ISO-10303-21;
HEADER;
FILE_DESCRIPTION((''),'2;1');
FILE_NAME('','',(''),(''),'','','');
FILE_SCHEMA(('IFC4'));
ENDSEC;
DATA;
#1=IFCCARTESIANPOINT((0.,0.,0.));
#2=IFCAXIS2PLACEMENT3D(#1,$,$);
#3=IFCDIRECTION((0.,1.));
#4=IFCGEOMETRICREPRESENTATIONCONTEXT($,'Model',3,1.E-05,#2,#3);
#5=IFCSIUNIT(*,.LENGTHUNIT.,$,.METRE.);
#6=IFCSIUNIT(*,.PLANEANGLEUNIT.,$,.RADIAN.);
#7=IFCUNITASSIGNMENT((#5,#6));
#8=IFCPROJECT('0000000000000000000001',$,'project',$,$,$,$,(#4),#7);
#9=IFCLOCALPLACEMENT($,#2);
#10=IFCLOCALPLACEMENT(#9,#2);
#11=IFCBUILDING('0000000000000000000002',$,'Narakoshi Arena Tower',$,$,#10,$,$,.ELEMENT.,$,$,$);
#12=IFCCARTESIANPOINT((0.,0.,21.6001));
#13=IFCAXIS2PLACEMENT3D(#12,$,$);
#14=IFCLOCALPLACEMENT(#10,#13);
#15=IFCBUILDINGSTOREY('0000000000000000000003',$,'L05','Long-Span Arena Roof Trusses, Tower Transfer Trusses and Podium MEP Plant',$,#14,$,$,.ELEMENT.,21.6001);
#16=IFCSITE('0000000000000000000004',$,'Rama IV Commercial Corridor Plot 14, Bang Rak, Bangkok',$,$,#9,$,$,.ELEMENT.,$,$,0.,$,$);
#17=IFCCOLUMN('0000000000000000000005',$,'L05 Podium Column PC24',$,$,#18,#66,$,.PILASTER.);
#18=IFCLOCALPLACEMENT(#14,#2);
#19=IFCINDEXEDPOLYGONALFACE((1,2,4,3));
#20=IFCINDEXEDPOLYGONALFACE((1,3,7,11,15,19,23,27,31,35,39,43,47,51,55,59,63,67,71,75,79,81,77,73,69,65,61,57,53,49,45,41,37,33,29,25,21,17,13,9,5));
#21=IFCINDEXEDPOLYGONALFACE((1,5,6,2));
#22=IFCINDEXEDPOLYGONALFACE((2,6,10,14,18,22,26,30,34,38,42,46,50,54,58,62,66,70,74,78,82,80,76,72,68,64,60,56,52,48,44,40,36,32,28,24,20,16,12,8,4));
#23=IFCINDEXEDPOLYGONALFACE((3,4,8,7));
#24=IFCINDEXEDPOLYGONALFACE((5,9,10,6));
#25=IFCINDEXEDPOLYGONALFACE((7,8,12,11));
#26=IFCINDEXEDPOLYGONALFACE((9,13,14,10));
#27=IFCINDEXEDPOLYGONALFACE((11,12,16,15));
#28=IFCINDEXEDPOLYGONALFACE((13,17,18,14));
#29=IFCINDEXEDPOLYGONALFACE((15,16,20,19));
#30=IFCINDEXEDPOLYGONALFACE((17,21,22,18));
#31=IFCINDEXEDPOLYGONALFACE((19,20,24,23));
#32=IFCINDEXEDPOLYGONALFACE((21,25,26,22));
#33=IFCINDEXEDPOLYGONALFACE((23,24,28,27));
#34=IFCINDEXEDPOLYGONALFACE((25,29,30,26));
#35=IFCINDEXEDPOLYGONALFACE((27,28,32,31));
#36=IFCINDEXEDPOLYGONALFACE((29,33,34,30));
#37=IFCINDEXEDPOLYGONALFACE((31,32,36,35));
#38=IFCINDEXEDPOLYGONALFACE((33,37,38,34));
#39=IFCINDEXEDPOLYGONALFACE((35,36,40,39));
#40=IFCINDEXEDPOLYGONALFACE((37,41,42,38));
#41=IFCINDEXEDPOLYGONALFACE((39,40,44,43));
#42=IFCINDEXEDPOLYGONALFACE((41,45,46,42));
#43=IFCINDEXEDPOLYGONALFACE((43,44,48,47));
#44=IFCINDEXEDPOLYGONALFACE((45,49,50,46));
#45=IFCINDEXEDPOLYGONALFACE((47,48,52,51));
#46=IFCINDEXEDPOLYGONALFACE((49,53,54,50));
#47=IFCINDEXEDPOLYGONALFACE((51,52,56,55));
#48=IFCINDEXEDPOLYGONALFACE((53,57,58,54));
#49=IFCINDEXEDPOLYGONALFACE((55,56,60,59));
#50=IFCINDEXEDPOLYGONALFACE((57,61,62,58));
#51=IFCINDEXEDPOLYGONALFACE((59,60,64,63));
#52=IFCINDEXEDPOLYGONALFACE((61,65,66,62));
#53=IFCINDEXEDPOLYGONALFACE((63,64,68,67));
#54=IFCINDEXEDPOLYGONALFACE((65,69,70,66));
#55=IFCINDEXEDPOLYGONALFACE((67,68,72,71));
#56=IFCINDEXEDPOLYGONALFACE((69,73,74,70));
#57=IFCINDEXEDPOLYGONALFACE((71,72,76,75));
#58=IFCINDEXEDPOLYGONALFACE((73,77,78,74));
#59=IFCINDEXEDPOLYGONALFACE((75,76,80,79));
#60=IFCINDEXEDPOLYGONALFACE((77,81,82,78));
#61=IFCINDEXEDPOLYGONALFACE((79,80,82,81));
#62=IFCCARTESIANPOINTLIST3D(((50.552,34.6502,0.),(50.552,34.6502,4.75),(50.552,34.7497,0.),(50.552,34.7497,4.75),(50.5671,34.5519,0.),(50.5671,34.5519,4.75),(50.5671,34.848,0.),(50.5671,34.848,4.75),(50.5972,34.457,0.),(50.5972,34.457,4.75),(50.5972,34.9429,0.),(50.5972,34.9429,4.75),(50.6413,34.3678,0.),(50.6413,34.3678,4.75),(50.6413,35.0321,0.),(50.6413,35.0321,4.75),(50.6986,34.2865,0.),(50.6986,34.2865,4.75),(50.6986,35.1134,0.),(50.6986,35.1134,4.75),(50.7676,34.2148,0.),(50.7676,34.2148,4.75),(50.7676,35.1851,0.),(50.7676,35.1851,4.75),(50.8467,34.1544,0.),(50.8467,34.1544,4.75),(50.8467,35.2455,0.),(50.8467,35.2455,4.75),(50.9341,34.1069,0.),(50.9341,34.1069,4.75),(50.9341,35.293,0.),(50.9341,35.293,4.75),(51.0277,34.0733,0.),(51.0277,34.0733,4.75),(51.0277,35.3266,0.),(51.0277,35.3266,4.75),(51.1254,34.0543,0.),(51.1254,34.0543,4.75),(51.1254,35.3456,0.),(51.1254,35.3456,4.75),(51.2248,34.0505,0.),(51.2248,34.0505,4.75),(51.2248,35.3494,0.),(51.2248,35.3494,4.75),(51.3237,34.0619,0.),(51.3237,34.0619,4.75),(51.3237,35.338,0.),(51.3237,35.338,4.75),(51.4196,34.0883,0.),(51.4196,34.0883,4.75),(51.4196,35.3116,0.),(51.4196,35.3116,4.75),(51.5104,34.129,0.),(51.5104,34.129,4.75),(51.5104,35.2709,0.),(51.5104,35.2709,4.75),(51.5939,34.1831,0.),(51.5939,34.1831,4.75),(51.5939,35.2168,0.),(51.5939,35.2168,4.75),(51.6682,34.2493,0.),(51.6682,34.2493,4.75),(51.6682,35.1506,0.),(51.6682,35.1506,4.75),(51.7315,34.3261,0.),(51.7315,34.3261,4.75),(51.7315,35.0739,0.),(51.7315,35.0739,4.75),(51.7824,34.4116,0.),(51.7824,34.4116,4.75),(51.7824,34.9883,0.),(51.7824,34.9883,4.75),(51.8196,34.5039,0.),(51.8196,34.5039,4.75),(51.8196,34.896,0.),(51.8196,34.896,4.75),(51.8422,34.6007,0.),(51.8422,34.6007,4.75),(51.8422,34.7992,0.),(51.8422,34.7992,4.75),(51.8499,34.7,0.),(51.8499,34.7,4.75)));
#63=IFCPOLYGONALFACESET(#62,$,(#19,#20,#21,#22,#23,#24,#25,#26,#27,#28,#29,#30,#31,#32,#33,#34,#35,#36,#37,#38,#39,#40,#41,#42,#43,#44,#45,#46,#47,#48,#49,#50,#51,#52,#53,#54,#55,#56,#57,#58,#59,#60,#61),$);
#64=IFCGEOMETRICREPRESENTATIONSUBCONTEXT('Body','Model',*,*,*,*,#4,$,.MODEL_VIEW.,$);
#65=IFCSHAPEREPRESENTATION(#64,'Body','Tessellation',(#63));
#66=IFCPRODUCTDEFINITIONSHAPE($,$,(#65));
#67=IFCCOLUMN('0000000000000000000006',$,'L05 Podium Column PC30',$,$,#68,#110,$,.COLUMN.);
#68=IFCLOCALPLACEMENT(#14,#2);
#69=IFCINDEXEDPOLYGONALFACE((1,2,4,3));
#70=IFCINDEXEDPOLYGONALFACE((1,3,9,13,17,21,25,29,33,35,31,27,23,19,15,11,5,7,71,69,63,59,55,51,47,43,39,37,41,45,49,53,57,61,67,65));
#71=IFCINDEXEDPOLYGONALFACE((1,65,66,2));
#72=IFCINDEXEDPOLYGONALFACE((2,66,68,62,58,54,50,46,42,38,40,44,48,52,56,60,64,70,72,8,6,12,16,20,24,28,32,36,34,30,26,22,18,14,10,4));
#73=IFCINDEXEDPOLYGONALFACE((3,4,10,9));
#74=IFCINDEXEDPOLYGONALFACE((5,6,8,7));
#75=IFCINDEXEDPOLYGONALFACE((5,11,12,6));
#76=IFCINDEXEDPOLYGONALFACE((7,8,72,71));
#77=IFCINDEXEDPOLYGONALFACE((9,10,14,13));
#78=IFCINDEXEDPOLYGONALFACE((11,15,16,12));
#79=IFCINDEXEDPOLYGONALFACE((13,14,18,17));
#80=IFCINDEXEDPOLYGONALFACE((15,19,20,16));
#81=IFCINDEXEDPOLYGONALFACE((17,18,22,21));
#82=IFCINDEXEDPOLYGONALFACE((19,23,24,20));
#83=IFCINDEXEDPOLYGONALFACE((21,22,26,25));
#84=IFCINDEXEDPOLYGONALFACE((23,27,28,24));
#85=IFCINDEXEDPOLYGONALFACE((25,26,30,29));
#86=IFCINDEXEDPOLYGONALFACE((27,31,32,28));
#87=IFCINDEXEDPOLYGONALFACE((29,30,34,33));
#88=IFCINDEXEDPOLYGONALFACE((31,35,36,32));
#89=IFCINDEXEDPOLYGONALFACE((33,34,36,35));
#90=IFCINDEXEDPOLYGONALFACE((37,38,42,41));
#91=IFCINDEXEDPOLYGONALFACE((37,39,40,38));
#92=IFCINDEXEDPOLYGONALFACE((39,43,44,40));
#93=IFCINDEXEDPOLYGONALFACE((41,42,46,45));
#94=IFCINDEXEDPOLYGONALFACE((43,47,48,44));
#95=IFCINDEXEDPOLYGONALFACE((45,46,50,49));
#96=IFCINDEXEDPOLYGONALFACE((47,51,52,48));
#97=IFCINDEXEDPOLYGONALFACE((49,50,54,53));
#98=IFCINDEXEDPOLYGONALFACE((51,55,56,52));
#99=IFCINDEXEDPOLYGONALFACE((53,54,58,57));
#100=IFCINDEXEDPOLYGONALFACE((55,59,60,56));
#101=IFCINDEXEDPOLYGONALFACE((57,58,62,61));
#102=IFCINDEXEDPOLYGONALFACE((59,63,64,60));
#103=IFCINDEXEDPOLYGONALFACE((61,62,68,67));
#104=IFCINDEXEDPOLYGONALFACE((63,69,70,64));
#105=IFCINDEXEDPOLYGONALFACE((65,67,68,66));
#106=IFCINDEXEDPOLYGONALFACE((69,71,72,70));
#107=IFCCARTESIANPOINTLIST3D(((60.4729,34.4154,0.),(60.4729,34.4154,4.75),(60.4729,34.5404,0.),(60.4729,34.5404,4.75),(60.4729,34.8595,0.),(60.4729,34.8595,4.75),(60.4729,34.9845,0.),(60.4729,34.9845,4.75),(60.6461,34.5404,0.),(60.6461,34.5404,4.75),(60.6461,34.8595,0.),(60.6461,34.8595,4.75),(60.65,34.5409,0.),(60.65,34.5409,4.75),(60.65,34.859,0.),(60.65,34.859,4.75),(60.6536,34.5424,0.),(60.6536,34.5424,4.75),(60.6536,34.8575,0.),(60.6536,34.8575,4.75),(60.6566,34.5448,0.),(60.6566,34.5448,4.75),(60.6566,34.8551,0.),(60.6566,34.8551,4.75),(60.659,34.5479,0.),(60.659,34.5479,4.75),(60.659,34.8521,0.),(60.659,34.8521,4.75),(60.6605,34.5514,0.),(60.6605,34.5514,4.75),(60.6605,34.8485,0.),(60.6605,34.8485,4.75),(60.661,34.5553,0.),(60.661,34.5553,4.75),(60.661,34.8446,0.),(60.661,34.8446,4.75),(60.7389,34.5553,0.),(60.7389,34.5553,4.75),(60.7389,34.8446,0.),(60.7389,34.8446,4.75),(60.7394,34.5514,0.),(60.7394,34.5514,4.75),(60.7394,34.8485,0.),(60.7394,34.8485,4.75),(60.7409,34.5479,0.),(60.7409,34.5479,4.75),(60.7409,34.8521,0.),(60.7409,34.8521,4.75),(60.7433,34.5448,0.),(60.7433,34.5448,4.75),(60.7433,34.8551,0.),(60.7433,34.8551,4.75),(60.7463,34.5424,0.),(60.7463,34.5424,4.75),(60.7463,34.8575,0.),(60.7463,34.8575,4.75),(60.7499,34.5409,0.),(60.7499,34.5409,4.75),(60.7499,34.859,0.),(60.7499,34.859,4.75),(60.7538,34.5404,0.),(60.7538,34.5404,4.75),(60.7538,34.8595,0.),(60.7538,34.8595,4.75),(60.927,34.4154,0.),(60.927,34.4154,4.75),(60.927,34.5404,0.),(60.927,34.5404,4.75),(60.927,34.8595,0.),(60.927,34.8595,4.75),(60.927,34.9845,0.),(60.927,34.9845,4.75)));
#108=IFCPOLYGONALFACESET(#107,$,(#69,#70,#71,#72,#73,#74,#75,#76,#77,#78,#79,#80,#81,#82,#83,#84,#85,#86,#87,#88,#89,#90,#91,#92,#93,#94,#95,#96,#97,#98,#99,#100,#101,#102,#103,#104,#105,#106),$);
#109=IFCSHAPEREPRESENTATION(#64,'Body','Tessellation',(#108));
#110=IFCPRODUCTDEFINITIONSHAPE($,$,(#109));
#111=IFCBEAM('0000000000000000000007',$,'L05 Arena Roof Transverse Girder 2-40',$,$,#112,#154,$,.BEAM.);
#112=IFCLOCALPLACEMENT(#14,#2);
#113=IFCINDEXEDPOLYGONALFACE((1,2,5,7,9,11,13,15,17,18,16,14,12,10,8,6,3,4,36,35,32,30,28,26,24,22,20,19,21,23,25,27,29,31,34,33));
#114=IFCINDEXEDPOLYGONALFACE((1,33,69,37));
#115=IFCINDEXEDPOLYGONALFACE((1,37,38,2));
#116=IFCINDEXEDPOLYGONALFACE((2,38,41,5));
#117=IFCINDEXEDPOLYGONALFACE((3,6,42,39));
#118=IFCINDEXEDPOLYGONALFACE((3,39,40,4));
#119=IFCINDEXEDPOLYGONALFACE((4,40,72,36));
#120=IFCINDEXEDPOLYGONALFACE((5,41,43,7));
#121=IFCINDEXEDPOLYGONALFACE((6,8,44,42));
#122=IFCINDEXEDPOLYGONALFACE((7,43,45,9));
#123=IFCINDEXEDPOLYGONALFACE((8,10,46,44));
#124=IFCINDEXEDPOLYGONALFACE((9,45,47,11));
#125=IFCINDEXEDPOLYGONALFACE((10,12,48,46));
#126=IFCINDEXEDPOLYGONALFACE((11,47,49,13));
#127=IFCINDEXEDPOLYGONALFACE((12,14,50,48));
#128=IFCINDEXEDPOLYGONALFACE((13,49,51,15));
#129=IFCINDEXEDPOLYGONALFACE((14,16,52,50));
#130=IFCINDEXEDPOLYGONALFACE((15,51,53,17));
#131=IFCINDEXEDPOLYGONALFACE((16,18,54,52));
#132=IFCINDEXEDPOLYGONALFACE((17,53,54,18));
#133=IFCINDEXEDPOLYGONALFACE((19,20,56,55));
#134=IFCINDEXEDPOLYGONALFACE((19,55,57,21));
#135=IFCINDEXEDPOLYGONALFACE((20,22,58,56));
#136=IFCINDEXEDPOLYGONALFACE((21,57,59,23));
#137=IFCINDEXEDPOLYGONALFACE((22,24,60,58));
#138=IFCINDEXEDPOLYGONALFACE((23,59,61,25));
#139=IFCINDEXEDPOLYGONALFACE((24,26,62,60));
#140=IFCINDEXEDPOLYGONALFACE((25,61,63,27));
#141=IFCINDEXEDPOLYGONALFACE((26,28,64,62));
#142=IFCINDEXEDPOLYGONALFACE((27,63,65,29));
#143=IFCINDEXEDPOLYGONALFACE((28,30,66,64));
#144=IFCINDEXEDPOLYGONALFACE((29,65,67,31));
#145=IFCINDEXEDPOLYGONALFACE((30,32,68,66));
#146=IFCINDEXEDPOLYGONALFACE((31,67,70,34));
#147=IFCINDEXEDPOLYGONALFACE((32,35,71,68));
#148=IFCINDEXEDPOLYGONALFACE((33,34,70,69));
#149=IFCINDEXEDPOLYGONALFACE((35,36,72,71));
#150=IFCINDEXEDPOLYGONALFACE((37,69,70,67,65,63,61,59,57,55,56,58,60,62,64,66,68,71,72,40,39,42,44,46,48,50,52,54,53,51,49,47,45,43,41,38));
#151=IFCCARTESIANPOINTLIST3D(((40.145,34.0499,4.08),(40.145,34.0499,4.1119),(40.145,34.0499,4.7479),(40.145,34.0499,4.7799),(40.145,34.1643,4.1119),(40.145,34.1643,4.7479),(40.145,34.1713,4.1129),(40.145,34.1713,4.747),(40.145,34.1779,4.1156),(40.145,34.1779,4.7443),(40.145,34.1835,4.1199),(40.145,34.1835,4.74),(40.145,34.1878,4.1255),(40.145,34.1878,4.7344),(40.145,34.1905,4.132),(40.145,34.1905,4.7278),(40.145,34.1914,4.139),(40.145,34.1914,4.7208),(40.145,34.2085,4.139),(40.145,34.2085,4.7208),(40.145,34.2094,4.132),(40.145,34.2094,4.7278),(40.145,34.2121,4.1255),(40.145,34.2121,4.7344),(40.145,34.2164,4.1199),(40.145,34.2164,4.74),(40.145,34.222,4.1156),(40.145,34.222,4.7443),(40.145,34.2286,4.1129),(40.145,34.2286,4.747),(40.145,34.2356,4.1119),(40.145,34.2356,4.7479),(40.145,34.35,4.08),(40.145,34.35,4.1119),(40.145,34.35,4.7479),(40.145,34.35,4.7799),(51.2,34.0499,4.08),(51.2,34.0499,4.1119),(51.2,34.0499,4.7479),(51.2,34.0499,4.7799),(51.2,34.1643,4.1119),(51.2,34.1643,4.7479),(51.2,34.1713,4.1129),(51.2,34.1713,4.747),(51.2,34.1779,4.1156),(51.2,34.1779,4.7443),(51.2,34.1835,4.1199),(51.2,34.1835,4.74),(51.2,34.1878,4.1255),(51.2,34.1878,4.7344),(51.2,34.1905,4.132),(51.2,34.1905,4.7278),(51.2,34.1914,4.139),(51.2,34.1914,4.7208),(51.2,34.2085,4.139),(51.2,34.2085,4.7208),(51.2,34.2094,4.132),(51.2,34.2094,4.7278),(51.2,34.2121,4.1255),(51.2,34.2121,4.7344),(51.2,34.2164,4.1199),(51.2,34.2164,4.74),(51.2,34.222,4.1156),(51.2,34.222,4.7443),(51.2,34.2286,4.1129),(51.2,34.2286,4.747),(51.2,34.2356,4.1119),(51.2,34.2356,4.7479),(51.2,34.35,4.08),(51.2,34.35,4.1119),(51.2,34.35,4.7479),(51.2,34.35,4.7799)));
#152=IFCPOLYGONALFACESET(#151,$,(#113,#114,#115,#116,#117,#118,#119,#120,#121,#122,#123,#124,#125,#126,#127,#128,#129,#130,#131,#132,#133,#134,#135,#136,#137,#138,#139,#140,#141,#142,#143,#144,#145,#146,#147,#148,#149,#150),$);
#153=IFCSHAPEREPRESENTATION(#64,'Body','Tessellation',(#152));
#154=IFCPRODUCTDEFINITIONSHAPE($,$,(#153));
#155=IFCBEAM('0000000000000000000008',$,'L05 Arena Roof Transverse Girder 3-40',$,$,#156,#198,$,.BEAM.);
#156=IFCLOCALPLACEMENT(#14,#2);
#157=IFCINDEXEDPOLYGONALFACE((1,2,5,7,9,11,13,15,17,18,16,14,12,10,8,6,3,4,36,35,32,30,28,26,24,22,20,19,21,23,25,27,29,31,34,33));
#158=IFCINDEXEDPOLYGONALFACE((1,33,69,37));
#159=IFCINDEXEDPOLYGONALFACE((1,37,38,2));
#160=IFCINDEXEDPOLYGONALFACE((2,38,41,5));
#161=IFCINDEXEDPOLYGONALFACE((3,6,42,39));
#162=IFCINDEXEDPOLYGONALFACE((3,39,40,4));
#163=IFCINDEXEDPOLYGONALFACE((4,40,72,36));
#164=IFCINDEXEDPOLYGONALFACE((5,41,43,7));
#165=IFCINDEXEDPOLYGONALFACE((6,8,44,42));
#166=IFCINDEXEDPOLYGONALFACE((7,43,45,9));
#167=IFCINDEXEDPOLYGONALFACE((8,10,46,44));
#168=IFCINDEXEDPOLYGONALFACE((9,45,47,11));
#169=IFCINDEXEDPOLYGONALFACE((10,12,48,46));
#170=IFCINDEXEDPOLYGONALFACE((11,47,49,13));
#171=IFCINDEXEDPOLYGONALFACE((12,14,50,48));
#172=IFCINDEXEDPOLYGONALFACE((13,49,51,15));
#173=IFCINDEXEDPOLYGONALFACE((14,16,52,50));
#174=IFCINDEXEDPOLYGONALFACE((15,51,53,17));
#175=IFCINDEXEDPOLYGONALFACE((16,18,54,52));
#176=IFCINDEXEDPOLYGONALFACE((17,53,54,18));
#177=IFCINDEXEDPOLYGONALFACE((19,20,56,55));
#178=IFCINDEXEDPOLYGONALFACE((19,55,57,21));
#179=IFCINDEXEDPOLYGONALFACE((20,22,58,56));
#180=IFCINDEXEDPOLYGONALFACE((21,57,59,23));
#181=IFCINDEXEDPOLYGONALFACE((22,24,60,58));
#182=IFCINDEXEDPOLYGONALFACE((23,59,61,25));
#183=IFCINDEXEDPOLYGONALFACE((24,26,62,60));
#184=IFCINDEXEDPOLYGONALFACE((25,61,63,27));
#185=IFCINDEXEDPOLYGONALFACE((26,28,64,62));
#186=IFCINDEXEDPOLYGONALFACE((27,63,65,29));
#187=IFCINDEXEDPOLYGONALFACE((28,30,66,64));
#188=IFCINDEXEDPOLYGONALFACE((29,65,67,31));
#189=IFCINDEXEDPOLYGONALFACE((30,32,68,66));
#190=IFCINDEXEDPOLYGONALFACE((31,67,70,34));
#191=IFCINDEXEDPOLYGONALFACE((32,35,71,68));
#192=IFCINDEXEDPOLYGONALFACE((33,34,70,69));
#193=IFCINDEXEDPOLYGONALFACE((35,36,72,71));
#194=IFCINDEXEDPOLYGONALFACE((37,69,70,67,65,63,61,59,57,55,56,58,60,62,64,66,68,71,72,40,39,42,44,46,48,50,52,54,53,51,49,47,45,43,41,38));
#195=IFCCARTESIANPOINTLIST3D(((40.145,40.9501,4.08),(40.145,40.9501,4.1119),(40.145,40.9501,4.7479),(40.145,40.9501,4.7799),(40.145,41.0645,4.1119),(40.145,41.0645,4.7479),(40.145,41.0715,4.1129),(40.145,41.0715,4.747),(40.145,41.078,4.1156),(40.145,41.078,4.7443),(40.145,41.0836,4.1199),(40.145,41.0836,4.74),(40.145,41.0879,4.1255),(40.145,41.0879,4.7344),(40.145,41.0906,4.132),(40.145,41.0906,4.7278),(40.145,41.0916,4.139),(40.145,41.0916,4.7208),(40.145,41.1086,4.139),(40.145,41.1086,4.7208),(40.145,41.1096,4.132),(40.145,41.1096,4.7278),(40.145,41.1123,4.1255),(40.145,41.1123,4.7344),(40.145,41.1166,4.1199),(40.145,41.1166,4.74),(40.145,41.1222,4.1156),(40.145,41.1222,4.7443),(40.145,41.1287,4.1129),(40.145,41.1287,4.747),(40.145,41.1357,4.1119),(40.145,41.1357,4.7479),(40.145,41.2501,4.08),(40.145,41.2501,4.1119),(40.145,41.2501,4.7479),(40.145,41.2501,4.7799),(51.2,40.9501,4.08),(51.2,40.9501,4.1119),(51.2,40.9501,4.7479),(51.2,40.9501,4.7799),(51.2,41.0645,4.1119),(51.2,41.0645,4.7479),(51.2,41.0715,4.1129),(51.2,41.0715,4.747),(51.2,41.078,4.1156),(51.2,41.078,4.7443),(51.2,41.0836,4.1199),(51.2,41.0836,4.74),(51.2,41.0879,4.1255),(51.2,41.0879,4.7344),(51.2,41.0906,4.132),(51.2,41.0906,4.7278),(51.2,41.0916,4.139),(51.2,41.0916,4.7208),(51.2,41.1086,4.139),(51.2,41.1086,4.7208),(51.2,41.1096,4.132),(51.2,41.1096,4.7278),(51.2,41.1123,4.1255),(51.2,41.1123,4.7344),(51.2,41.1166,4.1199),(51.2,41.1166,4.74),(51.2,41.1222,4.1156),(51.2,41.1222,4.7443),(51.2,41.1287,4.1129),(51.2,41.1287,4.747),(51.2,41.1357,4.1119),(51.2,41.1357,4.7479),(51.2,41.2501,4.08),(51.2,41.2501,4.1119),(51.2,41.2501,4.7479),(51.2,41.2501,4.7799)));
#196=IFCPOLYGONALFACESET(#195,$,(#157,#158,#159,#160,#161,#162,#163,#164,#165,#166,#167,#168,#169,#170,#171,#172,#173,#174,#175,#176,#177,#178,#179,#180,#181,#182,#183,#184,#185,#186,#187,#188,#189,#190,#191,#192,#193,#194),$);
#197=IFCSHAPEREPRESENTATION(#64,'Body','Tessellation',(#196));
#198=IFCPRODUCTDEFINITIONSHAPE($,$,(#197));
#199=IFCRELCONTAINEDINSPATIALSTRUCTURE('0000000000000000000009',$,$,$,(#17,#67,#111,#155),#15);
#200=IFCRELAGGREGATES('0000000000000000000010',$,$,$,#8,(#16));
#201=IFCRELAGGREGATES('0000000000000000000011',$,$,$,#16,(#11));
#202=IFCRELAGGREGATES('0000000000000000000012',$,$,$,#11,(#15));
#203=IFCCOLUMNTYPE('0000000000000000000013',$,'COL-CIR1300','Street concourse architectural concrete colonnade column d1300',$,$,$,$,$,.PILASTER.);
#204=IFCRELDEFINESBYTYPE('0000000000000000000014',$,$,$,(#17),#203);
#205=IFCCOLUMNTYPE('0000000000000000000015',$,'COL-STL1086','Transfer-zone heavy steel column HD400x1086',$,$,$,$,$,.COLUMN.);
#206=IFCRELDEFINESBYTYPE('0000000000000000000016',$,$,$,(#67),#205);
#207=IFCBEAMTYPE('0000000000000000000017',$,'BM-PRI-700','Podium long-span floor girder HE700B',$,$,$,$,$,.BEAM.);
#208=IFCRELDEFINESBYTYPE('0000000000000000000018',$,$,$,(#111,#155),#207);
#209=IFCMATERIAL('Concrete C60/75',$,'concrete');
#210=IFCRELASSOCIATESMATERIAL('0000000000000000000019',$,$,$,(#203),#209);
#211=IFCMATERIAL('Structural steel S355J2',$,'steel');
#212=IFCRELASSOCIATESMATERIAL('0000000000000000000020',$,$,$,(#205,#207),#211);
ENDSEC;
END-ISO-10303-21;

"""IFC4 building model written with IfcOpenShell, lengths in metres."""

from ifc_helpers import new_model, si_unit, direction, frame, origin, origin_2d, place, context, subcontext, project, spatial, circle, i_section, extrude, material, material_profile, profile_set, type_object, element, save


model = new_model("IFC4")

# Units and contexts
model_context = context("Model", 3, precision=1e-05, world=origin(), true_north=direction((0.0, 1.0)))
body_context = subcontext(model_context, "Body", "Model", "MODEL_VIEW")
ifc_project = project(units=[si_unit("LENGTHUNIT", "METRE"), si_unit("PLANEANGLEUNIT", "RADIAN")], contexts=[model_context])

# Site, building, storey
site_placement = place(None, origin())
site = spatial("IfcSite", under=ifc_project, at=site_placement, Name="Rama IV Commercial Corridor Plot 14, Bang Rak, Bangkok", CompositionType="ELEMENT", RefElevation=0.0)
building_placement = place(site_placement, origin())
building = spatial("IfcBuilding", under=site, at=building_placement, Name="Narakoshi Arena Tower", CompositionType="ELEMENT")
storey_placement = place(building_placement, frame((0.0, 0.0, 21.6001)))
storey = spatial("IfcBuildingStorey", under=building, at=storey_placement, Name="L05", Description="Long-Span Arena Roof Trusses, Tower Transfer Trusses and Podium MEP Plant", CompositionType="ELEMENT", Elevation=21.6001)

# Columns
ifc_material_1 = material(Name="Concrete C60/75", Category="concrete")
ifc_material_profile_1 = material_profile(ifc_material_1, circle(Radius=0.6499, at=origin_2d()), Name="RCC1300")
ifc_profile_set_1 = profile_set([ifc_material_profile_1], Name="Concrete C60/75")
column_type_1 = type_object("IfcColumnType", Name="COL-CIR1300", Description="Street concourse architectural concrete colonnade column d1300", PredefinedType="PILASTER", material=ifc_profile_set_1)
column_1_placement = place(storey_placement, frame((51.2, 34.7, 0.0), z_axis=(0.0, 0.0, 1.0), x_axis=(1.0, 0.0, 0.0)))
element("IfcColumn", 1, at=column_1_placement, inside=storey, type_object=column_type_1, Name="L05 Podium Column PC24", PredefinedType="PILASTER", context=body_context, shape_type="SweptSolid", body=[
    extrude(circle(Radius=0.6499, at=origin_2d()), origin(), (0.0, 0.0, 1.0), 4.75),
])
ifc_material_2 = material(Name="Structural steel S355J2", Category="steel")
ifc_material_profile_2 = material_profile(ifc_material_2, i_section(OverallWidth=0.4541, OverallDepth=0.5691, WebThickness=0.0779, FlangeThickness=0.125, FilletRadius=0.0149, at=origin_2d()), Name="HD400x1086")
ifc_profile_set_2 = profile_set([ifc_material_profile_2], Name="Structural steel S355J2")
column_type_2 = type_object("IfcColumnType", Name="COL-STL1086", Description="Transfer-zone heavy steel column HD400x1086", PredefinedType="COLUMN", material=ifc_profile_set_2)
column_2_placement = place(storey_placement, frame((60.7, 34.7, 0.0), z_axis=(0.0, 0.0, 1.0), x_axis=(1.0, 0.0, 0.0)))
element("IfcColumn", 2, at=column_2_placement, inside=storey, type_object=column_type_2, Name="L05 Podium Column PC30", PredefinedType="COLUMN", context=body_context, shape_type="SweptSolid", body=[
    extrude(i_section(OverallWidth=0.4541, OverallDepth=0.5691, WebThickness=0.0779, FlangeThickness=0.125, FilletRadius=0.0149, at=origin_2d()), origin(), (0.0, 0.0, 1.0), 4.75),
])

# Beams
ifc_material_profile_3 = material_profile(ifc_material_2, i_section(OverallWidth=0.3, OverallDepth=0.7, WebThickness=0.0171, FlangeThickness=0.032, FilletRadius=0.0271, at=origin_2d()), Name="HE700B")
ifc_profile_set_3 = profile_set([ifc_material_profile_3], Name="Structural steel S355J2")
beam_type_1 = type_object("IfcBeamType", Name="BM-PRI-700", Description="Podium long-span floor girder HE700B", PredefinedType="BEAM", material=ifc_profile_set_3)
for number, where, z_axis, x_axis, name in (
    (3, (40.145, 34.2, 4.4299), (1.0, 0.0, 0.0), (0.0, 1.0, 0.0), "L05 Arena Roof Transverse Girder 2-40"),
    (4, (40.145, 41.1001, 4.4299), (1.0, 0.0, 0.0), (0.0, 1.0, 0.0), "L05 Arena Roof Transverse Girder 3-40"),
):
    element("IfcBeam", number, at=place(storey_placement, frame(where, z_axis=z_axis, x_axis=x_axis)), inside=storey, type_object=beam_type_1, Name=name, PredefinedType="BEAM", context=body_context, shape_type="SweptSolid", body=[
        extrude(i_section(OverallWidth=0.3, OverallDepth=0.7, WebThickness=0.0171, FlangeThickness=0.032, FilletRadius=0.0271, at=origin_2d()), origin(), (0.0, 0.0, 1.0), 11.0549),
    ])

save(model, "model.ifc")
